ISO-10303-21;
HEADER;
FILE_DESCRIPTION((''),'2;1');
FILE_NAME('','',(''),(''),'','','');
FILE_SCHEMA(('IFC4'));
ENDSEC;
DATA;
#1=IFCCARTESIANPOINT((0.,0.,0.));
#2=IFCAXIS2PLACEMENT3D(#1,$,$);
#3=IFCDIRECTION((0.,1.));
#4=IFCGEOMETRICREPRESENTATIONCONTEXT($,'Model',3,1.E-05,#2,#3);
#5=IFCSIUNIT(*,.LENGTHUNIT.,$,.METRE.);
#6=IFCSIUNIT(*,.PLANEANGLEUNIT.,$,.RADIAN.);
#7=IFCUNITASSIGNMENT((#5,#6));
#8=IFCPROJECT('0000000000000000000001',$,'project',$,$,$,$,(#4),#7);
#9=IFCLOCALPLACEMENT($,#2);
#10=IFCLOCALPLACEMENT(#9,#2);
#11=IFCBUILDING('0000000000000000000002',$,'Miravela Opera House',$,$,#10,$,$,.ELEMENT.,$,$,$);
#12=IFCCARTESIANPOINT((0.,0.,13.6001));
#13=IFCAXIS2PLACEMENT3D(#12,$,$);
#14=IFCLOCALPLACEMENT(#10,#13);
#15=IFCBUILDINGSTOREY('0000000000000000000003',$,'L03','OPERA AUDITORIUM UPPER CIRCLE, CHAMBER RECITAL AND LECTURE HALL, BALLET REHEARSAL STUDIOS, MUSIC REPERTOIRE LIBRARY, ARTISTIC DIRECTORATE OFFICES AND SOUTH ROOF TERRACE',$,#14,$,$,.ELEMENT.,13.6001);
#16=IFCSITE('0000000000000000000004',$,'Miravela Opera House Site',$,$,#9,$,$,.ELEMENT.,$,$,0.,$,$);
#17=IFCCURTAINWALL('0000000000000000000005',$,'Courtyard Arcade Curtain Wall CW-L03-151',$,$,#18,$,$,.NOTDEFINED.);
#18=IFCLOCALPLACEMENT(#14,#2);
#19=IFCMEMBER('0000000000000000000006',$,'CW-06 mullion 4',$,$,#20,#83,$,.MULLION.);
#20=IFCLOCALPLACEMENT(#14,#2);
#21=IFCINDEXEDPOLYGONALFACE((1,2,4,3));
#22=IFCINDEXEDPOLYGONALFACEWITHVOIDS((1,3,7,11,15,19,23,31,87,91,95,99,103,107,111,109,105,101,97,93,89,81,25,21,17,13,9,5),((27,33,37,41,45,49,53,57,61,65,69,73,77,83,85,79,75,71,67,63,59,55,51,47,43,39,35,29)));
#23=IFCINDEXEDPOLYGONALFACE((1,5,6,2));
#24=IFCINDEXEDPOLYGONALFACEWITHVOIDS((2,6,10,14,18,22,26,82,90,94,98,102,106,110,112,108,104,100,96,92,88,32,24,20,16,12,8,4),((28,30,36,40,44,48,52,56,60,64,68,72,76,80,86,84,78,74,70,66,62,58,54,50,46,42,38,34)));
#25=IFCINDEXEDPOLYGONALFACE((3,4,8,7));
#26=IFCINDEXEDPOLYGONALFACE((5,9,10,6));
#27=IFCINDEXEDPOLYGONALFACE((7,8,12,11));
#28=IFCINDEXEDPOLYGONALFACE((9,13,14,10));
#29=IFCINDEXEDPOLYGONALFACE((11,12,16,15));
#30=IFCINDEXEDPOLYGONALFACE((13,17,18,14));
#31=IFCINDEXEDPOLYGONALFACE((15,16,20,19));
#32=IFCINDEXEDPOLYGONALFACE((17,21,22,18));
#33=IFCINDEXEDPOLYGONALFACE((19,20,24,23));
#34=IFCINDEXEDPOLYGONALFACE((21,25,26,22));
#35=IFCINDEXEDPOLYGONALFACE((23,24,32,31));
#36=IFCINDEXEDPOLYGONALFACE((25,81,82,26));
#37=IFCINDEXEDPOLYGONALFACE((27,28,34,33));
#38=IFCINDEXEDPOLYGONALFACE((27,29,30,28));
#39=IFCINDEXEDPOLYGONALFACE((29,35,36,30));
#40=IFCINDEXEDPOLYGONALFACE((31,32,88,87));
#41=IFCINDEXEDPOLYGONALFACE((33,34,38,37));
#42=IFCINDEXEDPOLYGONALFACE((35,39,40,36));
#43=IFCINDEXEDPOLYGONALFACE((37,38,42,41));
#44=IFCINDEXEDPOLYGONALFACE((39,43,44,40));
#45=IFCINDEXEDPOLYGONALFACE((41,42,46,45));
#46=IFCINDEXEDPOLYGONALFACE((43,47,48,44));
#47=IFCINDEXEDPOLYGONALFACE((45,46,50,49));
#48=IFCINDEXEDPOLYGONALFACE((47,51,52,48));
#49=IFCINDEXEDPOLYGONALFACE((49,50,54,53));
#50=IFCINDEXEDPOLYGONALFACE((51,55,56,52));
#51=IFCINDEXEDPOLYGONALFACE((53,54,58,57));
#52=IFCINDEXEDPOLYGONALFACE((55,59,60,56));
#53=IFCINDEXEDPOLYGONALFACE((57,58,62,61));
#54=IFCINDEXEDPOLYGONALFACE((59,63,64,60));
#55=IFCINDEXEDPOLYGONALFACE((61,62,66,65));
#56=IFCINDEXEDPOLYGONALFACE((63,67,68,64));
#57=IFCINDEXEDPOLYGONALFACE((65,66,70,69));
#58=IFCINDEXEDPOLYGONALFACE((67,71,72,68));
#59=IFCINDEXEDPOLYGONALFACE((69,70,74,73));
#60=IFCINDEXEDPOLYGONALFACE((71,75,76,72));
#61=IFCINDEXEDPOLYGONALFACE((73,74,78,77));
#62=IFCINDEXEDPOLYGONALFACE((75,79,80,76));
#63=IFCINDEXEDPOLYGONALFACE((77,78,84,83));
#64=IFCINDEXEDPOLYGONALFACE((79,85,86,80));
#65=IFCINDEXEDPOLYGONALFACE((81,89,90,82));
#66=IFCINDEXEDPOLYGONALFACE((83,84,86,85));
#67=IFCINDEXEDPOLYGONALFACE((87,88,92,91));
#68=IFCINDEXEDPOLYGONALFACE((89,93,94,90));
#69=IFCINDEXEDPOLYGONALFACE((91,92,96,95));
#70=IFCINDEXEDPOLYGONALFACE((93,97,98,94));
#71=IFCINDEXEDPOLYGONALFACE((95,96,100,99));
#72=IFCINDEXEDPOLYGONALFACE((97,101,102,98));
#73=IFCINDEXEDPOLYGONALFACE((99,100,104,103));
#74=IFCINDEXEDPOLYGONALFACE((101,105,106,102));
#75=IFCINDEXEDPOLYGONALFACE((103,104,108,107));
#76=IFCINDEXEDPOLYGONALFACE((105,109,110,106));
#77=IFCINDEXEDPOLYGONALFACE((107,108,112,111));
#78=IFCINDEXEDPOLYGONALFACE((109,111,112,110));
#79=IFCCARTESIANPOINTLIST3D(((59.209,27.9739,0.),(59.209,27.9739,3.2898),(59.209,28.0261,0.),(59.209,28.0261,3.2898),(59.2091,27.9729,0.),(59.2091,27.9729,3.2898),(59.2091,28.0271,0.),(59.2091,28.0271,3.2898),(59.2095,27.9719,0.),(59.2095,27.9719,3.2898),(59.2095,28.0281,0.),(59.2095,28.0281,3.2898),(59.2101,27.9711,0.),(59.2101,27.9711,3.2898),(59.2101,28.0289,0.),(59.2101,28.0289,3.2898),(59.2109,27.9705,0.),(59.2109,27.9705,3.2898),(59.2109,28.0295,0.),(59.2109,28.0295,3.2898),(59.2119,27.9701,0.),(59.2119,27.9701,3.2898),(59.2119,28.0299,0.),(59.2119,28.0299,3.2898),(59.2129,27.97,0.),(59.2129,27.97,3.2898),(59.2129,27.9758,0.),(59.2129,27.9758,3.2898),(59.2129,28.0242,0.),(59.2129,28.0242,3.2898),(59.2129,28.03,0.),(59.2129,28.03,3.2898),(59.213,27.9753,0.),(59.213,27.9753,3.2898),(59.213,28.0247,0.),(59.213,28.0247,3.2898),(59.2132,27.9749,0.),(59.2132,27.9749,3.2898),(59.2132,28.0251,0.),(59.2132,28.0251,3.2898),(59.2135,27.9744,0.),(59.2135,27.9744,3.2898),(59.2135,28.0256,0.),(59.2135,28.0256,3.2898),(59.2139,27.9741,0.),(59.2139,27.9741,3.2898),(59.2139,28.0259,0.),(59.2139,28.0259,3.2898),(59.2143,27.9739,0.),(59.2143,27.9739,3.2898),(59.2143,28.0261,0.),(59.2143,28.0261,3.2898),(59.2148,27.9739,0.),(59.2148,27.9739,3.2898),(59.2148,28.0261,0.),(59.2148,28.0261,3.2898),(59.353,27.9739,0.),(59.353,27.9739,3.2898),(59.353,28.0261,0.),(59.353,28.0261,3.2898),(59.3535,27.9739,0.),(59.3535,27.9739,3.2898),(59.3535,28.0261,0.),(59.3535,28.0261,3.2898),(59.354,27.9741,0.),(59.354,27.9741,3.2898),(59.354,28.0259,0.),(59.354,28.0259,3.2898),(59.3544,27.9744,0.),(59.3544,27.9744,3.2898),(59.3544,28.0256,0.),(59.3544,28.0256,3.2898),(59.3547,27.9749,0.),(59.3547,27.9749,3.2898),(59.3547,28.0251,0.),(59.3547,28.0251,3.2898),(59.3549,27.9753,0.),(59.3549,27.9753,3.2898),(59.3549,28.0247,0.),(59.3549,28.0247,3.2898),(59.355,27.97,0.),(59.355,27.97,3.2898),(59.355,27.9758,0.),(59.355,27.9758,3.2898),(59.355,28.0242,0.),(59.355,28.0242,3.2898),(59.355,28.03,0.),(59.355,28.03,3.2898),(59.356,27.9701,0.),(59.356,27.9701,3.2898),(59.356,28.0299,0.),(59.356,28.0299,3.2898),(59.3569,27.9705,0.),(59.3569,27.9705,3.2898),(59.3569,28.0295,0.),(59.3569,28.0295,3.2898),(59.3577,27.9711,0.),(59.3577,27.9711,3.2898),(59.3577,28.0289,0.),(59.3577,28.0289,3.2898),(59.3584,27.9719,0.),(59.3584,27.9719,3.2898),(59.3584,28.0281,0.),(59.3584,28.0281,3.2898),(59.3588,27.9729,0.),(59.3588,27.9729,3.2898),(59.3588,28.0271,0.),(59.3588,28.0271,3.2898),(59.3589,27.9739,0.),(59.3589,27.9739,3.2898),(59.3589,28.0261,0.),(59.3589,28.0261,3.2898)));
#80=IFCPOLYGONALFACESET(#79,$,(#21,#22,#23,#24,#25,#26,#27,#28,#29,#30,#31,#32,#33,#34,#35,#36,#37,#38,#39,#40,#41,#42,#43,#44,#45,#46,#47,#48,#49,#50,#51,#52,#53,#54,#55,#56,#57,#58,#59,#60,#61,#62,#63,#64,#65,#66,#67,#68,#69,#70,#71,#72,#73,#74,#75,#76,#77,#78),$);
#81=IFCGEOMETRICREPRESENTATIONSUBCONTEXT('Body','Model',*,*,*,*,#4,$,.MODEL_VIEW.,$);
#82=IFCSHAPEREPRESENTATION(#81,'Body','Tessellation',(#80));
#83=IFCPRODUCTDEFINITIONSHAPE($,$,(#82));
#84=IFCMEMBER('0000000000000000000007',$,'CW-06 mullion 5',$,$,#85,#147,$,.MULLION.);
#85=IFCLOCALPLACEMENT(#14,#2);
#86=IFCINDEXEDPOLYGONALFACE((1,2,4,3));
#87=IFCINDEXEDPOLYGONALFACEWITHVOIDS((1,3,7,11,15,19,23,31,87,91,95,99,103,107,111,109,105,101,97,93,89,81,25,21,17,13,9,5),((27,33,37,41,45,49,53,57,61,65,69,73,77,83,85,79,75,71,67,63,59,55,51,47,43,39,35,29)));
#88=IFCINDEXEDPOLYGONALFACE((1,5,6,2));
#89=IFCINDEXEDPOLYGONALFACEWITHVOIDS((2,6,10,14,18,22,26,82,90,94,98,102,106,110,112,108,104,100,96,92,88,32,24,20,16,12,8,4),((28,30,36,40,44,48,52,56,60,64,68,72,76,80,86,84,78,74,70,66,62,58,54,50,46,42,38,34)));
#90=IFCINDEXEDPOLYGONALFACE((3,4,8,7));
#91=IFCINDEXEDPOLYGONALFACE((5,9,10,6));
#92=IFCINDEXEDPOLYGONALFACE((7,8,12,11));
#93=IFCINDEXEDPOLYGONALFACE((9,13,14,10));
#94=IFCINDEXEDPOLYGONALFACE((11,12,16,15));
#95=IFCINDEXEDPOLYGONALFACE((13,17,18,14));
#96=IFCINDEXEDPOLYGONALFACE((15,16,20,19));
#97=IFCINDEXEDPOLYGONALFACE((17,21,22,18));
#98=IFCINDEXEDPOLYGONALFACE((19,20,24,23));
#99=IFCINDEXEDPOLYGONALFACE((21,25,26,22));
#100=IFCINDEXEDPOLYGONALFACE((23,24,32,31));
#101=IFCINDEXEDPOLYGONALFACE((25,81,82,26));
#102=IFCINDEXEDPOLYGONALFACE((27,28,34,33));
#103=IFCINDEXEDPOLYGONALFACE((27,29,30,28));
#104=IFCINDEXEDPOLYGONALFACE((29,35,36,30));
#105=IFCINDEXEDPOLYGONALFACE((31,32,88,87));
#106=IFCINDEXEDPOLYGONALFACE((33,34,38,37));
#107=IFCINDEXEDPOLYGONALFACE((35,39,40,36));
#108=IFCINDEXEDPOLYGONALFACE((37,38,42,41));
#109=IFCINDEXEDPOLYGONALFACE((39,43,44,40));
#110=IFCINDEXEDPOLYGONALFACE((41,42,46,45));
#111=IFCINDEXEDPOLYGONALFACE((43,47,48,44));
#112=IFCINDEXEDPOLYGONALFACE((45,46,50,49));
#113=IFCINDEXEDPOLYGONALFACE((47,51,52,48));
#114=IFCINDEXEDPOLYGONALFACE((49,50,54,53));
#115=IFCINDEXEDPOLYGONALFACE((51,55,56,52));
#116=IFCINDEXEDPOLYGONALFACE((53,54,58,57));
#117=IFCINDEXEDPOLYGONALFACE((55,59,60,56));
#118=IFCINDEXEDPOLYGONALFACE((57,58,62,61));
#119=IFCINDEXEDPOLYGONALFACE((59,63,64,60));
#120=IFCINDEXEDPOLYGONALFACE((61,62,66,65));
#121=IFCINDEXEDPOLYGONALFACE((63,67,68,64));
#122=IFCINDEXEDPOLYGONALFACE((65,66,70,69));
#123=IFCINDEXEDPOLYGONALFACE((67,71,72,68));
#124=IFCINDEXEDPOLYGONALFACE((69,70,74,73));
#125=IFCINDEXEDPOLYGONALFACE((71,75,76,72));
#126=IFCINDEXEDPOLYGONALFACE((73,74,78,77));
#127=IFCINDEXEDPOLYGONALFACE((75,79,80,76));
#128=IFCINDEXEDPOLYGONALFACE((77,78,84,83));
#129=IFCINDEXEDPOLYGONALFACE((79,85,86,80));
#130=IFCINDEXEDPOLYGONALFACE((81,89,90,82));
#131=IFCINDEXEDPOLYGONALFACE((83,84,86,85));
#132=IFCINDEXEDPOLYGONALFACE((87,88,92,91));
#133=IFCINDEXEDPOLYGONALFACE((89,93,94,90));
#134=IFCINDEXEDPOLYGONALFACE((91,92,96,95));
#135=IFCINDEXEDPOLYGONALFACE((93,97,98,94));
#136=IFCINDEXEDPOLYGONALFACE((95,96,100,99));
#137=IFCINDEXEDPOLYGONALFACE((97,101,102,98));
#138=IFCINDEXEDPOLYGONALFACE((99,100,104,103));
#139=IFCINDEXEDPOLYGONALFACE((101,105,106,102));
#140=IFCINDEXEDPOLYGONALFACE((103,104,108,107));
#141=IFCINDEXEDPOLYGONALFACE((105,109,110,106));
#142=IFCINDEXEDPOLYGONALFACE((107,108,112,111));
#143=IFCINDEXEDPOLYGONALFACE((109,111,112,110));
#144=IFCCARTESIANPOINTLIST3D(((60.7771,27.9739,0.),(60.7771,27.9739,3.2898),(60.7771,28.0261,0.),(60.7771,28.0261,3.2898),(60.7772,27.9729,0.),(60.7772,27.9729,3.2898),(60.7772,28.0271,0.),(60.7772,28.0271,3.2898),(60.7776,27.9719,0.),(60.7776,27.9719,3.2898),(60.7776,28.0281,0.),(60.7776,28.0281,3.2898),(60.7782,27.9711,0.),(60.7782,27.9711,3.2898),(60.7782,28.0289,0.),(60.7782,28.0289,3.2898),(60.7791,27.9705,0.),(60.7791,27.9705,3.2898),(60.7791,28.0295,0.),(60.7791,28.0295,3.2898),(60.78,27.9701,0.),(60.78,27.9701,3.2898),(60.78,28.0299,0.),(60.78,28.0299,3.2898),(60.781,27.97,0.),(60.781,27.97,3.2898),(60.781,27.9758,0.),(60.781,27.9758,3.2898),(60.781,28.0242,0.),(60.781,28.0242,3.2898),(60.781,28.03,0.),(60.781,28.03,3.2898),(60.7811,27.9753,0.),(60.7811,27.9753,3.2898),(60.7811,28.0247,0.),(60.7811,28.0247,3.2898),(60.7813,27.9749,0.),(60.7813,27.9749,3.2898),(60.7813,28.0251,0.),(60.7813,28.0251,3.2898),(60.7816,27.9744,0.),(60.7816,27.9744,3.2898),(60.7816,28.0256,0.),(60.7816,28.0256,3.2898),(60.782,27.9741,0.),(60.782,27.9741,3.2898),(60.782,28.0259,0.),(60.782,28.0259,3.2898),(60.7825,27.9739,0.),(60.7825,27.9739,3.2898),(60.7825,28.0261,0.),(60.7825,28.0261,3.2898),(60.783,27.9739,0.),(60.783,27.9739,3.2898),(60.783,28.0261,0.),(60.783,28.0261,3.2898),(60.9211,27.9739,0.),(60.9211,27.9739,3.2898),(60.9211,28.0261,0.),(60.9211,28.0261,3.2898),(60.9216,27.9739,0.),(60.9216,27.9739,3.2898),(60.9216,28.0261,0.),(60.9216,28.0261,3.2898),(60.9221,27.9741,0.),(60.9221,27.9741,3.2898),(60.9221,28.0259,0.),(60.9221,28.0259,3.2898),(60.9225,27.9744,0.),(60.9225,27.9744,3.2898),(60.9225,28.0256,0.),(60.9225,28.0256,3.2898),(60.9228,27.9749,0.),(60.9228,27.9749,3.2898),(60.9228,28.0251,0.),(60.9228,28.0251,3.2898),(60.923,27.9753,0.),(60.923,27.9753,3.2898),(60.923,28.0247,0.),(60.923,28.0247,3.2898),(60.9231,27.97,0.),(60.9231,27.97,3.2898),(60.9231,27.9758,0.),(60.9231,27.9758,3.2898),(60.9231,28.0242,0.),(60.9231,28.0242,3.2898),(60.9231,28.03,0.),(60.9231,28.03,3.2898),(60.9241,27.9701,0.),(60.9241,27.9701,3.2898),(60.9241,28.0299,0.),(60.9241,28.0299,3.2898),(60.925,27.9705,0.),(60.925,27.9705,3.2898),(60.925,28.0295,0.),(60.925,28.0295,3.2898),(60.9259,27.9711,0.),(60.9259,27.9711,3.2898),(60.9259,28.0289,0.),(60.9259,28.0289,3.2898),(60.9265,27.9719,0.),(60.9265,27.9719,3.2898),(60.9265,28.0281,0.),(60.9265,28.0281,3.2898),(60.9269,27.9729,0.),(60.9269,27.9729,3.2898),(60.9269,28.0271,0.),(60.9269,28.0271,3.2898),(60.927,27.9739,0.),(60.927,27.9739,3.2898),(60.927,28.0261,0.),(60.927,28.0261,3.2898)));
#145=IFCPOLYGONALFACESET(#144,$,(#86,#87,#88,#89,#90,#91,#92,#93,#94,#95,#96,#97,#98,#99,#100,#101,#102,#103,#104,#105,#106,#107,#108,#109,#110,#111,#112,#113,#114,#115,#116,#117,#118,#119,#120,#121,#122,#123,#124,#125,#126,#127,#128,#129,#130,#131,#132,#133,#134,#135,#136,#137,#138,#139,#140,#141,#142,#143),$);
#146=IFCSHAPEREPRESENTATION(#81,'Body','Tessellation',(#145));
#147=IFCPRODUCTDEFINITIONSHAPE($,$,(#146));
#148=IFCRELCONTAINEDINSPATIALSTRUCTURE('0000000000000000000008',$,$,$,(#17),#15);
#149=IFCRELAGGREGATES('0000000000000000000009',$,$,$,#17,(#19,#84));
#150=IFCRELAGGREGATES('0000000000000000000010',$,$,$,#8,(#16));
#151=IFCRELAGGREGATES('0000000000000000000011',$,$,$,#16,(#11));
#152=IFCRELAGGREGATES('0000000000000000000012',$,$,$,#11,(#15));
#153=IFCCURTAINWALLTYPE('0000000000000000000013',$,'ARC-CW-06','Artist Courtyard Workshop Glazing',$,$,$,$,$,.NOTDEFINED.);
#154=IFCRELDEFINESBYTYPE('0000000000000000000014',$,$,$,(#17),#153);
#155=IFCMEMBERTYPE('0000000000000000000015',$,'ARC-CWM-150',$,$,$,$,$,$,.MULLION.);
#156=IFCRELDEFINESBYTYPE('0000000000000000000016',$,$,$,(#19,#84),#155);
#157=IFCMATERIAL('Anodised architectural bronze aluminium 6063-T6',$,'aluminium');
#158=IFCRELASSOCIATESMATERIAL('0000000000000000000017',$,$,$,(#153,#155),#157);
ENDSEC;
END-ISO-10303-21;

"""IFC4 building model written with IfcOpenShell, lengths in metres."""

from ifc_helpers import new_model, si_unit, direction, frame, origin, origin_2d, place, context, subcontext, project, spatial, hollow_rectangle, extrude, material, material_profile, profile_set, type_object, element, aggregate, save


model = new_model("IFC4")

# Units and contexts
model_context = context("Model", 3, precision=1e-05, world=origin(), true_north=direction((0.0, 1.0)))
body_context = subcontext(model_context, "Body", "Model", "MODEL_VIEW")
ifc_project = project(units=[si_unit("LENGTHUNIT", "METRE"), si_unit("PLANEANGLEUNIT", "RADIAN")], contexts=[model_context])

# Site, building, storey
site_placement = place(None, origin())
site = spatial("IfcSite", under=ifc_project, at=site_placement, Name="Miravela Opera House Site", CompositionType="ELEMENT", RefElevation=0.0)
building_placement = place(site_placement, origin())
building = spatial("IfcBuilding", under=site, at=building_placement, Name="Miravela Opera House", CompositionType="ELEMENT")
storey_placement = place(building_placement, frame((0.0, 0.0, 13.6001)))
storey = spatial("IfcBuildingStorey", under=building, at=storey_placement, Name="L03", Description="OPERA AUDITORIUM UPPER CIRCLE, CHAMBER RECITAL AND LECTURE HALL, BALLET REHEARSAL STUDIOS, MUSIC REPERTOIRE LIBRARY, ARTISTIC DIRECTORATE OFFICES AND SOUTH ROOF TERRACE", CompositionType="ELEMENT", Elevation=13.6001)

# Curtain wall, members
ifc_material_1 = material(Name="Anodised architectural bronze aluminium 6063-T6", Category="aluminium")
curtain_wall_type = type_object("IfcCurtainWallType", Name="ARC-CW-06", Description="Artist Courtyard Workshop Glazing", PredefinedType="NOTDEFINED", material=ifc_material_1)
curtain_wall_placement = place(storey_placement, origin())
curtain_wall = element("IfcCurtainWall", 1, at=curtain_wall_placement, inside=storey, type_object=curtain_wall_type, Name="Courtyard Arcade Curtain Wall CW-L03-151", PredefinedType="NOTDEFINED")
ifc_material_profile_1 = material_profile(ifc_material_1, hollow_rectangle(XDim=0.0601, YDim=0.1499, WallThickness=0.0039, InnerFilletRadius=0.002, OuterFilletRadius=0.0039, at=origin_2d()), Name="CWM-60X150")
ifc_profile_set_1 = profile_set([ifc_material_profile_1])
member_type_1 = type_object("IfcMemberType", Name="ARC-CWM-150", PredefinedType="MULLION", material=ifc_profile_set_1)
member_1_placement = place(storey_placement, frame((59.2839, 28.0, 0.0), z_axis=(0.0, 0.0, 1.0), x_axis=(0.0, 1.0, 0.0)))
member_1 = element("IfcMember", 2, at=member_1_placement, type_object=member_type_1, Name="CW-06 mullion 4", PredefinedType="MULLION", context=body_context, shape_type="SweptSolid", body=[
    extrude(hollow_rectangle(XDim=0.0601, YDim=0.1499, WallThickness=0.0039, InnerFilletRadius=0.002, OuterFilletRadius=0.0039, at=origin_2d()), origin(), (0.0, 0.0, 1.0), 3.2898),
])
member_2_placement = place(storey_placement, frame((60.8521, 28.0, 0.0), z_axis=(0.0, 0.0, 1.0), x_axis=(0.0, 1.0, 0.0)))
member_2 = element("IfcMember", 3, at=member_2_placement, type_object=member_type_1, Name="CW-06 mullion 5", PredefinedType="MULLION", context=body_context, shape_type="SweptSolid", body=[
    extrude(hollow_rectangle(XDim=0.0601, YDim=0.1499, WallThickness=0.0039, InnerFilletRadius=0.002, OuterFilletRadius=0.0039, at=origin_2d()), origin(), (0.0, 0.0, 1.0), 3.2898),
])
aggregate(curtain_wall, [member_1, member_2])

save(model, "model.ifc")
